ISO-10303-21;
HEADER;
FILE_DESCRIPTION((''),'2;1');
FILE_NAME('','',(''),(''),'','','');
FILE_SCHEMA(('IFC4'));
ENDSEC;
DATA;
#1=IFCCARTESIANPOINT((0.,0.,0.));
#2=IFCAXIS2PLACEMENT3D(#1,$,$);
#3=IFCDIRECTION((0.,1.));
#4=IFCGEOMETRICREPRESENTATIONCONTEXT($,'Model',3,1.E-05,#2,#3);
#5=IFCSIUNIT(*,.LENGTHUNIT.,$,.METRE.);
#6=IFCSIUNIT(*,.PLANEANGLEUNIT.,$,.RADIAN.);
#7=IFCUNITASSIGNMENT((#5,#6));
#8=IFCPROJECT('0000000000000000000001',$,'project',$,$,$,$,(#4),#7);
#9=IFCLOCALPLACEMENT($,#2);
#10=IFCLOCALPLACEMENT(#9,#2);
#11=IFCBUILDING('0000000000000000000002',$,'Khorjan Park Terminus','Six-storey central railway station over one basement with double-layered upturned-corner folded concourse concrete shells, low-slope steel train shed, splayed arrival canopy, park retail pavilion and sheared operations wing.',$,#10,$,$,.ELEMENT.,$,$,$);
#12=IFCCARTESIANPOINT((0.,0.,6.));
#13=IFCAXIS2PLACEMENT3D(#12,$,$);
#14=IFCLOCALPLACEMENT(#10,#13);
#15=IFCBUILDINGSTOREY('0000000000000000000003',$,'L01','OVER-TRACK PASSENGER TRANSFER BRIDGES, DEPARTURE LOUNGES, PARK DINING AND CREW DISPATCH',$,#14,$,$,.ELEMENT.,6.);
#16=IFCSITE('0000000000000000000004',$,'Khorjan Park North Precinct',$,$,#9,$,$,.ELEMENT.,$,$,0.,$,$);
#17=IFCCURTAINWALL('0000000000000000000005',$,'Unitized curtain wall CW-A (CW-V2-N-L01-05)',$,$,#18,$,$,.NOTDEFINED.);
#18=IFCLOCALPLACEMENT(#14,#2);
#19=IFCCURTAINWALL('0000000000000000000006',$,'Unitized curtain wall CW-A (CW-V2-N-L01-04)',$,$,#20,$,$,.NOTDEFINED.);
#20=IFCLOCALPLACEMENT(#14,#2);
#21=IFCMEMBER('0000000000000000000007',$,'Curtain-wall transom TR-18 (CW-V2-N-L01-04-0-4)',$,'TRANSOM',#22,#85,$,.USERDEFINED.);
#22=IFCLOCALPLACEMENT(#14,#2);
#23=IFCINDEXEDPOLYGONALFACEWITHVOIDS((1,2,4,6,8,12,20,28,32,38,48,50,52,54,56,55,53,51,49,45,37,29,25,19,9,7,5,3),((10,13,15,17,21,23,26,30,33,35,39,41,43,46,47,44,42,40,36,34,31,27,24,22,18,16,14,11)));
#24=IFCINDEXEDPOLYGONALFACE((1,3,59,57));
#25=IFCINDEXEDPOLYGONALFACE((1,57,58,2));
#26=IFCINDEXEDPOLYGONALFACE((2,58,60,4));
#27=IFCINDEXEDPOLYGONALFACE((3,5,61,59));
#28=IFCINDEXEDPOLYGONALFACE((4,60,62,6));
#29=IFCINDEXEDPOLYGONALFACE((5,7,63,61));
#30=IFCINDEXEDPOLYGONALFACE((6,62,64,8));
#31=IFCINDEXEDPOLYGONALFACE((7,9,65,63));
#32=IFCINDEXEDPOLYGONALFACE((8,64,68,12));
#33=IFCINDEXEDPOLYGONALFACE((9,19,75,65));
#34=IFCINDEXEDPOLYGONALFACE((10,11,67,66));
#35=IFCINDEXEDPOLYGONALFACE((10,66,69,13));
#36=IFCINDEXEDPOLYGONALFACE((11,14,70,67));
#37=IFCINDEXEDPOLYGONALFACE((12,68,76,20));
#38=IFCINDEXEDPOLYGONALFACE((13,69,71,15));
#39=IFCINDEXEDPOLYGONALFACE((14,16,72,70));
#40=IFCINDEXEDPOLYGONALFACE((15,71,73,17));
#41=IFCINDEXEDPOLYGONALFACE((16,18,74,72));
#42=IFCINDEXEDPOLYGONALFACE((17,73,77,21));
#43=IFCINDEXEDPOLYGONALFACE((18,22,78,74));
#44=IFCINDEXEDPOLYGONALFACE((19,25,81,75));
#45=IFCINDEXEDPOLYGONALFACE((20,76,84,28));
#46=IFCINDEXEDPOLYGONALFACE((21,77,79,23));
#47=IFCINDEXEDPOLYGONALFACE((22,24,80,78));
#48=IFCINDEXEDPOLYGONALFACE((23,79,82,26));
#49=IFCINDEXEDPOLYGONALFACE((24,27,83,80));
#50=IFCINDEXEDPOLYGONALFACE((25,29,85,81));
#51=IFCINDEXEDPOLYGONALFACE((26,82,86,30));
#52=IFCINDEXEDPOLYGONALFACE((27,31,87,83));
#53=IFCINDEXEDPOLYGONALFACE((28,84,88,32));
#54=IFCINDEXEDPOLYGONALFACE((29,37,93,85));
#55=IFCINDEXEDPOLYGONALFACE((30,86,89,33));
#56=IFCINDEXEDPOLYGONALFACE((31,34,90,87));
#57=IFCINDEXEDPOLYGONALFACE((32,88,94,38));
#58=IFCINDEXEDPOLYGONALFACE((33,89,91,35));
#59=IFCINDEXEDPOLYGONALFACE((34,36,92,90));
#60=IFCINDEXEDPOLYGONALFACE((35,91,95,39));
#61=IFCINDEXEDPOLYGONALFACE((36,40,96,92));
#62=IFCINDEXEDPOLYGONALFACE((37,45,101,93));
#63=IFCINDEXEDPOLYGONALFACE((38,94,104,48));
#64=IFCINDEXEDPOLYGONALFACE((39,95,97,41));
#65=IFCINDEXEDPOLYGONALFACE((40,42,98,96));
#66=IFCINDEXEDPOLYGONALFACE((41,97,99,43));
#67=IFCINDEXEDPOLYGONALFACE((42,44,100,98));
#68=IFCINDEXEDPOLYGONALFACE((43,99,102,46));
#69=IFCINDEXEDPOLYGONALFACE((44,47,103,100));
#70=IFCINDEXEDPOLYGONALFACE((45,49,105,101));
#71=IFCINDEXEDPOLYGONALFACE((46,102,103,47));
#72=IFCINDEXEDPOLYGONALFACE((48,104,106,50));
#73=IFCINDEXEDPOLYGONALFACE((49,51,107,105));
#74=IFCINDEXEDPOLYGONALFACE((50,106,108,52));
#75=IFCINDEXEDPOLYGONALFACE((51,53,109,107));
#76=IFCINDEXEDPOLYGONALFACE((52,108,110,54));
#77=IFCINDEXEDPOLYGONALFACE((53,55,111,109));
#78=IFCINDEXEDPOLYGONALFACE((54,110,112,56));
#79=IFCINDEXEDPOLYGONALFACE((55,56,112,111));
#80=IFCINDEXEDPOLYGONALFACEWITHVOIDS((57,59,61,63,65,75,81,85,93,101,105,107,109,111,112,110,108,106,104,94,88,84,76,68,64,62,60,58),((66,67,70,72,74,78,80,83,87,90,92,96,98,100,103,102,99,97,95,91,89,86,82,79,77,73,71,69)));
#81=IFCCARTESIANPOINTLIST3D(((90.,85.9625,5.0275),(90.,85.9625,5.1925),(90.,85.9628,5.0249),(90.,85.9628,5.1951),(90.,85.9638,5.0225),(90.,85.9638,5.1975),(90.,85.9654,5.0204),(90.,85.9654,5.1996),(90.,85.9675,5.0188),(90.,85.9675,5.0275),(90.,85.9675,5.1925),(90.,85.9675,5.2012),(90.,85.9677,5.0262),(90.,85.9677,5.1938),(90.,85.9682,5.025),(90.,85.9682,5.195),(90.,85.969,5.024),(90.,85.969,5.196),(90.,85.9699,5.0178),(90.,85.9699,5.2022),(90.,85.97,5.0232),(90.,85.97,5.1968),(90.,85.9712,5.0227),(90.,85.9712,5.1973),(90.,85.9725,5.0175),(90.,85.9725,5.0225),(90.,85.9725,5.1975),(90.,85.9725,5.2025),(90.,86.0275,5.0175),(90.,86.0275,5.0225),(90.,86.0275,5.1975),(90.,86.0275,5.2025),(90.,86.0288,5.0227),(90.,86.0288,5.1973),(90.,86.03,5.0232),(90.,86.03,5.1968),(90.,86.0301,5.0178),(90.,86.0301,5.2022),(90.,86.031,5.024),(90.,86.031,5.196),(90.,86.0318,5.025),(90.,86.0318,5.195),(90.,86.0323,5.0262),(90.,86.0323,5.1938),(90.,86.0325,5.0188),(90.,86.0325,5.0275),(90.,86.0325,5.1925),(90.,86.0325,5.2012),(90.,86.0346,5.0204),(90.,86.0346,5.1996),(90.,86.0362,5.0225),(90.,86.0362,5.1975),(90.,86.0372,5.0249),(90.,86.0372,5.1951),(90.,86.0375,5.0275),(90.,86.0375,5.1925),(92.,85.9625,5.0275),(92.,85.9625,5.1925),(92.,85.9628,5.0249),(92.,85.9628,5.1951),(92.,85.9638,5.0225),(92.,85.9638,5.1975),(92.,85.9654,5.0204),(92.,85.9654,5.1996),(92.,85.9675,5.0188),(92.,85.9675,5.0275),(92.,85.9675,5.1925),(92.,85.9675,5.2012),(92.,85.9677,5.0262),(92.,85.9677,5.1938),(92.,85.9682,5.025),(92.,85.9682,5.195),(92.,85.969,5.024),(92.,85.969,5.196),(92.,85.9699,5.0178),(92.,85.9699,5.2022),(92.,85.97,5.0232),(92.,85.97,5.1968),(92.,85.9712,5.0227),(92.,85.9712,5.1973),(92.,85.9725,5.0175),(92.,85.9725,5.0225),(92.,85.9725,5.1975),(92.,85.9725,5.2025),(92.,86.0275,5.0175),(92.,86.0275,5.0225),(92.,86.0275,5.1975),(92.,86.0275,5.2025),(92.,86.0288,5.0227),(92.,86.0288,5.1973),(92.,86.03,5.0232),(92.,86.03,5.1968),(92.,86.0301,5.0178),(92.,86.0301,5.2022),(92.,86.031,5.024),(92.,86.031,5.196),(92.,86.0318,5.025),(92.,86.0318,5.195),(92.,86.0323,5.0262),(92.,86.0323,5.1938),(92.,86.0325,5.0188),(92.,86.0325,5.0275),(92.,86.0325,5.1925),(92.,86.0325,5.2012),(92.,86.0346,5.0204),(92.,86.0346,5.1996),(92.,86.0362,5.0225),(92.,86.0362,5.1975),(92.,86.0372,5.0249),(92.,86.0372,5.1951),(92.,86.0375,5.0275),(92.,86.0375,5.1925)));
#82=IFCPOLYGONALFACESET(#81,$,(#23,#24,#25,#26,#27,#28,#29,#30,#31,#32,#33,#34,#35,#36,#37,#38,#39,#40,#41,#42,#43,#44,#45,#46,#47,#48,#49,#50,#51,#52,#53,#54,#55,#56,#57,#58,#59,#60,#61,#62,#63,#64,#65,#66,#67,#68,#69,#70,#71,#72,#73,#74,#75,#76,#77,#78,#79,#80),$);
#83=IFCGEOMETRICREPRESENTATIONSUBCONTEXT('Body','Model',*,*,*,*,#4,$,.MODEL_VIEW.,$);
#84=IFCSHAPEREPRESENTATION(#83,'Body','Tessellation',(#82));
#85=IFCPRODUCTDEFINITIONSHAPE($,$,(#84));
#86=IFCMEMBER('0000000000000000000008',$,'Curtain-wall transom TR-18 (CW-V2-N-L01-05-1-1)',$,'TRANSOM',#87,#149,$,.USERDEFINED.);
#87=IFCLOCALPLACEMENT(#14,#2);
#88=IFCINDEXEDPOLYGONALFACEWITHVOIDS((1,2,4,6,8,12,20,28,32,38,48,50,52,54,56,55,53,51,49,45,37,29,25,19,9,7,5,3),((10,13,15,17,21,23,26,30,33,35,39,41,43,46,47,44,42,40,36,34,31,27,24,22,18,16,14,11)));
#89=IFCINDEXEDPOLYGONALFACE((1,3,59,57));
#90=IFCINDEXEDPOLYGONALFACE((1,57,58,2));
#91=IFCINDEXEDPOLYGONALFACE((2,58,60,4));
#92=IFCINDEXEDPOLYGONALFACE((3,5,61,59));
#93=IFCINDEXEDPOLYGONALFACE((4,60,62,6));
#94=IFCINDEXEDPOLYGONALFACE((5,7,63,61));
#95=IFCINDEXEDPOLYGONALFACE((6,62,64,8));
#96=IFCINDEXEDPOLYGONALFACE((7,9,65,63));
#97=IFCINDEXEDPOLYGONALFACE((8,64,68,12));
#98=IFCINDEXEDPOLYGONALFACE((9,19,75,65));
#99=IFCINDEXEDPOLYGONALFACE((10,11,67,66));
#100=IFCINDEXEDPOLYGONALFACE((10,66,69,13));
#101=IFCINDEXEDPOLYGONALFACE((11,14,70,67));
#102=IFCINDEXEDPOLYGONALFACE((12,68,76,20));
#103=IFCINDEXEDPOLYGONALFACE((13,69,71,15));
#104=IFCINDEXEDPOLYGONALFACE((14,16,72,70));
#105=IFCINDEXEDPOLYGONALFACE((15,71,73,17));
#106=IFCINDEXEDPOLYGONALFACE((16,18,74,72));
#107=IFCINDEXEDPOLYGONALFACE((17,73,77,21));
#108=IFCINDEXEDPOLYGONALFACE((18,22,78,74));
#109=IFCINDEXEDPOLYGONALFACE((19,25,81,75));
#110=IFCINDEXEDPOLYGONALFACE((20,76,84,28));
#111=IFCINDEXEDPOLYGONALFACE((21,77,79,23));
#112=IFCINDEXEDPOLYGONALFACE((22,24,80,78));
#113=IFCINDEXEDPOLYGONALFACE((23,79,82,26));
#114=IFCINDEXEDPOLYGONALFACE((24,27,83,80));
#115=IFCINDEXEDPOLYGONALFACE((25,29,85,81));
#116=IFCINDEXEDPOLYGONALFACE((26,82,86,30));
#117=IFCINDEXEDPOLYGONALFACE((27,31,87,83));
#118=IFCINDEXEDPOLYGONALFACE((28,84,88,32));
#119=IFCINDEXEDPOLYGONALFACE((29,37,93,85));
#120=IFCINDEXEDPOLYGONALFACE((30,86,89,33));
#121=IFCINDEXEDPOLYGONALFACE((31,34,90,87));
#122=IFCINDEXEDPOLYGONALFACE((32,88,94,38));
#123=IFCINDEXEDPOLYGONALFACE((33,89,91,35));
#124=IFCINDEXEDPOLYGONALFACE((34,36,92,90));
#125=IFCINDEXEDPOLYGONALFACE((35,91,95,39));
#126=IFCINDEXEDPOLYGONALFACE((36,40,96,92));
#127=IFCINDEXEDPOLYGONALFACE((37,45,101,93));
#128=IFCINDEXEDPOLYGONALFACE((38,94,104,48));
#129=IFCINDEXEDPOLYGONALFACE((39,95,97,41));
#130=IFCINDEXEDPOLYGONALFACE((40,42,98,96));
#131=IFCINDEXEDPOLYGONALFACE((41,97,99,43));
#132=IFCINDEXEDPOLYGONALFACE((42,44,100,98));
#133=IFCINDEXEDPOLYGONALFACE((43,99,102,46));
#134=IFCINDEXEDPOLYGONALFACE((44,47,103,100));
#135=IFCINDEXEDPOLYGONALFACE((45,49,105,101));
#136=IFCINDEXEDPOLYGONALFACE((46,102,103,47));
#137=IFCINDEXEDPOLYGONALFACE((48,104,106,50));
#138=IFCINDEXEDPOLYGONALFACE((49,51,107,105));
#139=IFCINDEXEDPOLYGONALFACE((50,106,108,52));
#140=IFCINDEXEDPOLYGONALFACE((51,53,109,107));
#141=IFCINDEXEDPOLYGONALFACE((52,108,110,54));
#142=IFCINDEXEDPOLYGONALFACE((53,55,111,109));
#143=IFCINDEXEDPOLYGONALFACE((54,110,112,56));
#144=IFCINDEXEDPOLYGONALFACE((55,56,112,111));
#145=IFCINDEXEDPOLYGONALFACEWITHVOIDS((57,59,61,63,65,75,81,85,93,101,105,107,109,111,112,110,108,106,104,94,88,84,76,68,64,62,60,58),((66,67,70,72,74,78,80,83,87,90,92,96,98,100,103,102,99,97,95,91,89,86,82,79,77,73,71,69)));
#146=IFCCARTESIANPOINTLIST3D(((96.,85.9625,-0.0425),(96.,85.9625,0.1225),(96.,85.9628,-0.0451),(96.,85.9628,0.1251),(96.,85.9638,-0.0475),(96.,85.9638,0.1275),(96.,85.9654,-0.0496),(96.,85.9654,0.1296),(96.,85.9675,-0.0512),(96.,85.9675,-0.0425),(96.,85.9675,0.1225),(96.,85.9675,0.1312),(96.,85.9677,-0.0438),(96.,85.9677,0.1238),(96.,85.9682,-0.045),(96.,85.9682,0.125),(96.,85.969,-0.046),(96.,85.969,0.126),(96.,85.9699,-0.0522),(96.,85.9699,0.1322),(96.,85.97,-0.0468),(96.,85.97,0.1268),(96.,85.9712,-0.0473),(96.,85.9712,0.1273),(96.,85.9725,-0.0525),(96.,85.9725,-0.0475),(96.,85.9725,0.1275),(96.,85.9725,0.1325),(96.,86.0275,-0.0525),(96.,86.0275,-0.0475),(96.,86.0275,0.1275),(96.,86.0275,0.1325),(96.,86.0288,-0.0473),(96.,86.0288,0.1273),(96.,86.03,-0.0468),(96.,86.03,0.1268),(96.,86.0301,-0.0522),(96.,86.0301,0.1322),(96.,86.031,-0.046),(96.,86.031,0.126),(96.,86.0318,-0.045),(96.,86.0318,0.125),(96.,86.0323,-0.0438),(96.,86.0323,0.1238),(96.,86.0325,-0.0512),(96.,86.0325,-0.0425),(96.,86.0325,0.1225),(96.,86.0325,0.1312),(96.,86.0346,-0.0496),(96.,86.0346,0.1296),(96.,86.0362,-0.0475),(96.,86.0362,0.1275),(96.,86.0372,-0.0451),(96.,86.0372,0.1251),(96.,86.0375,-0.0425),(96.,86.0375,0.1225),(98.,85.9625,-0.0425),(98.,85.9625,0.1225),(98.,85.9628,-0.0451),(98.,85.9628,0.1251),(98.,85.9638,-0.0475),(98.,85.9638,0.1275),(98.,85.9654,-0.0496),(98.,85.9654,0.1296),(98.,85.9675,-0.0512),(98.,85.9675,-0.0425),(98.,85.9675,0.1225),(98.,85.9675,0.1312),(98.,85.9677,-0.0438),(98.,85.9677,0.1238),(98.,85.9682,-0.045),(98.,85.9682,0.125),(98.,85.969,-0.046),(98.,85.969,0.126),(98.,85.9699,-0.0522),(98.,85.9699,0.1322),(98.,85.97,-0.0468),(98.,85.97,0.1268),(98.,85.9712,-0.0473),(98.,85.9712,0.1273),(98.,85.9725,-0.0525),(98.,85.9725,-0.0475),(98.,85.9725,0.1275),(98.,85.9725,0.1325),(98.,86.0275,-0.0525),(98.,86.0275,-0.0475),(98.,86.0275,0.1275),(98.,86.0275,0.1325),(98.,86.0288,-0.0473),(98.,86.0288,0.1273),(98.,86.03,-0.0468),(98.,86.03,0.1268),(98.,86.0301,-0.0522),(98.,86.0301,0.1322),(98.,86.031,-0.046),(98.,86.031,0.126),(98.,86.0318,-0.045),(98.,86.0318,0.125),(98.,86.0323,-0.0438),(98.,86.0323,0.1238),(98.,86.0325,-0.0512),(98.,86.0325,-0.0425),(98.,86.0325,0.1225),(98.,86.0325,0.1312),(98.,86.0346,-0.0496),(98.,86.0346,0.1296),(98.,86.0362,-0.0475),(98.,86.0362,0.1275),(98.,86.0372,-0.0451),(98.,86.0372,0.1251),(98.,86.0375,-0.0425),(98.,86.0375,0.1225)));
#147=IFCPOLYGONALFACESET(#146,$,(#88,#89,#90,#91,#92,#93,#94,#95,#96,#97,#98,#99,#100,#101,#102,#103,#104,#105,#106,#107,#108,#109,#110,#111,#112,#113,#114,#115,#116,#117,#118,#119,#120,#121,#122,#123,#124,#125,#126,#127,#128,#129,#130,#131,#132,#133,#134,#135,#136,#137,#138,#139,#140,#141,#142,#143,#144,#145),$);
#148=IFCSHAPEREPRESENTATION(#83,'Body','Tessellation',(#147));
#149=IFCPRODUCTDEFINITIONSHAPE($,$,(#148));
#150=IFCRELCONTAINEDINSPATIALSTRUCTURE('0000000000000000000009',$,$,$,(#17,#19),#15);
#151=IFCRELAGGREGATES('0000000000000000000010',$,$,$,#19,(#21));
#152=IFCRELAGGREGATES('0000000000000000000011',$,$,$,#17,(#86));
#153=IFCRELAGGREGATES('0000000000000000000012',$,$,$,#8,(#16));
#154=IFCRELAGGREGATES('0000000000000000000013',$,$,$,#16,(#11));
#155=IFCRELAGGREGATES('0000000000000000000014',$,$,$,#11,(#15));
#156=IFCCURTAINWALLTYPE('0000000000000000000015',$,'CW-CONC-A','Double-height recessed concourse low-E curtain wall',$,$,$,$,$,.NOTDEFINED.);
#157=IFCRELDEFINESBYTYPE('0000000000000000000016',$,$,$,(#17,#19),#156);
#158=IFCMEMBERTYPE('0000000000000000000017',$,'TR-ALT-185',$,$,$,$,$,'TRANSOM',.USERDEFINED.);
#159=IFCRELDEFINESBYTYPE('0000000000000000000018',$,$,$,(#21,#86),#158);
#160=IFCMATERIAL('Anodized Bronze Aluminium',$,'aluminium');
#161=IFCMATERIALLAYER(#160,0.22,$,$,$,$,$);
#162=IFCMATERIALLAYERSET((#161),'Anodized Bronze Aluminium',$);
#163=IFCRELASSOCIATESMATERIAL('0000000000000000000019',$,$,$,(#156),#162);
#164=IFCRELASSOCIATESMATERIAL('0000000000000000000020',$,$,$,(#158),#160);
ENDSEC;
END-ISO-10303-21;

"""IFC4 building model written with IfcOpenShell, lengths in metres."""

from ifc_helpers import new_model, si_unit, direction, frame, origin, origin_2d, place, context, subcontext, project, spatial, hollow_rectangle, extrude, material, layer, layer_set, material_profile, profile_set, type_object, element, aggregate, save


model = new_model("IFC4")

# Units and contexts
model_context = context("Model", 3, precision=1e-05, world=origin(), true_north=direction((0.0, 1.0)))
body_context = subcontext(model_context, "Body", "Model", "MODEL_VIEW")
ifc_project = project(units=[si_unit("LENGTHUNIT", "METRE"), si_unit("PLANEANGLEUNIT", "RADIAN")], contexts=[model_context])

# Site, building, storey
site_placement = place(None, origin())
site = spatial("IfcSite", under=ifc_project, at=site_placement, Name="Khorjan Park North Precinct", CompositionType="ELEMENT", RefElevation=0.0)
building_placement = place(site_placement, origin())
building = spatial("IfcBuilding", under=site, at=building_placement, Name="Khorjan Park Terminus", Description="Six-storey central railway station over one basement with double-layered upturned-corner folded concourse concrete shells, low-slope steel train shed, splayed arrival canopy, park retail pavilion and sheared operations wing.", CompositionType="ELEMENT")
storey_placement = place(building_placement, frame((0.0, 0.0, 6.0)))
storey = spatial("IfcBuildingStorey", under=building, at=storey_placement, Name="L01", Description="OVER-TRACK PASSENGER TRANSFER BRIDGES, DEPARTURE LOUNGES, PARK DINING AND CREW DISPATCH", CompositionType="ELEMENT", Elevation=6.0)

# Curtain walls, member
ifc_material_1 = material(Name="Anodized Bronze Aluminium", Category="aluminium")
ifc_layer_1 = layer(ifc_material_1, 0.22)
ifc_layer_set_1 = layer_set([ifc_layer_1], Name="Anodized Bronze Aluminium")
curtain_wall_type = type_object("IfcCurtainWallType", Name="CW-CONC-A", Description="Double-height recessed concourse low-E curtain wall", PredefinedType="NOTDEFINED", material=ifc_layer_set_1)
curtain_wall_1_placement = place(storey_placement, origin())
curtain_wall_1 = element("IfcCurtainWall", 1, at=curtain_wall_1_placement, inside=storey, type_object=curtain_wall_type, Name="Unitized curtain wall CW-A (CW-V2-N-L01-05)", PredefinedType="NOTDEFINED")
curtain_wall_2_placement = place(storey_placement, origin())
curtain_wall_2 = element("IfcCurtainWall", 2, at=curtain_wall_2_placement, inside=storey, type_object=curtain_wall_type, Name="Unitized curtain wall CW-A (CW-V2-N-L01-04)", PredefinedType="NOTDEFINED")
ifc_material_profile_1 = material_profile(ifc_material_1, hollow_rectangle(XDim=0.075, YDim=0.185, WallThickness=0.005, InnerFilletRadius=0.005, OuterFilletRadius=0.01, at=origin_2d()), Name="ALT 75x185x5")
ifc_profile_set_1 = profile_set([ifc_material_profile_1], Name="Anodized Bronze Aluminium")
member_type_1 = type_object("IfcMemberType", Name="TR-ALT-185", ElementType="TRANSOM", PredefinedType="USERDEFINED", material=ifc_profile_set_1)
member_1_placement = place(storey_placement, frame((92.0, 86.0, 5.11), z_axis=(-1.0, 0.0, 0.0), x_axis=(0.0, -1.0, 0.0)))
member_1 = element("IfcMember", 3, at=member_1_placement, type_object=member_type_1, Name="Curtain-wall transom TR-18 (CW-V2-N-L01-04-0-4)", ObjectType="TRANSOM", PredefinedType="USERDEFINED", context=body_context, shape_type="SweptSolid", body=[
    extrude(hollow_rectangle(XDim=0.075, YDim=0.185, WallThickness=0.005, InnerFilletRadius=0.005, OuterFilletRadius=0.01, at=origin_2d()), origin(), (0.0, 0.0, 1.0), 2.0),
])
aggregate(curtain_wall_2, [member_1])

# Member
member_2_placement = place(storey_placement, frame((98.0, 86.0, 0.04), z_axis=(-1.0, 0.0, 0.0), x_axis=(0.0, -1.0, 0.0)))
member_2 = element("IfcMember", 4, at=member_2_placement, type_object=member_type_1, Name="Curtain-wall transom TR-18 (CW-V2-N-L01-05-1-1)", ObjectType="TRANSOM", PredefinedType="USERDEFINED", context=body_context, shape_type="SweptSolid", body=[
    extrude(hollow_rectangle(XDim=0.075, YDim=0.185, WallThickness=0.005, InnerFilletRadius=0.005, OuterFilletRadius=0.01, at=origin_2d()), origin(), (0.0, 0.0, 1.0), 2.0),
])

aggregate(curtain_wall_1, [member_2])

save(model, "model.ifc")
